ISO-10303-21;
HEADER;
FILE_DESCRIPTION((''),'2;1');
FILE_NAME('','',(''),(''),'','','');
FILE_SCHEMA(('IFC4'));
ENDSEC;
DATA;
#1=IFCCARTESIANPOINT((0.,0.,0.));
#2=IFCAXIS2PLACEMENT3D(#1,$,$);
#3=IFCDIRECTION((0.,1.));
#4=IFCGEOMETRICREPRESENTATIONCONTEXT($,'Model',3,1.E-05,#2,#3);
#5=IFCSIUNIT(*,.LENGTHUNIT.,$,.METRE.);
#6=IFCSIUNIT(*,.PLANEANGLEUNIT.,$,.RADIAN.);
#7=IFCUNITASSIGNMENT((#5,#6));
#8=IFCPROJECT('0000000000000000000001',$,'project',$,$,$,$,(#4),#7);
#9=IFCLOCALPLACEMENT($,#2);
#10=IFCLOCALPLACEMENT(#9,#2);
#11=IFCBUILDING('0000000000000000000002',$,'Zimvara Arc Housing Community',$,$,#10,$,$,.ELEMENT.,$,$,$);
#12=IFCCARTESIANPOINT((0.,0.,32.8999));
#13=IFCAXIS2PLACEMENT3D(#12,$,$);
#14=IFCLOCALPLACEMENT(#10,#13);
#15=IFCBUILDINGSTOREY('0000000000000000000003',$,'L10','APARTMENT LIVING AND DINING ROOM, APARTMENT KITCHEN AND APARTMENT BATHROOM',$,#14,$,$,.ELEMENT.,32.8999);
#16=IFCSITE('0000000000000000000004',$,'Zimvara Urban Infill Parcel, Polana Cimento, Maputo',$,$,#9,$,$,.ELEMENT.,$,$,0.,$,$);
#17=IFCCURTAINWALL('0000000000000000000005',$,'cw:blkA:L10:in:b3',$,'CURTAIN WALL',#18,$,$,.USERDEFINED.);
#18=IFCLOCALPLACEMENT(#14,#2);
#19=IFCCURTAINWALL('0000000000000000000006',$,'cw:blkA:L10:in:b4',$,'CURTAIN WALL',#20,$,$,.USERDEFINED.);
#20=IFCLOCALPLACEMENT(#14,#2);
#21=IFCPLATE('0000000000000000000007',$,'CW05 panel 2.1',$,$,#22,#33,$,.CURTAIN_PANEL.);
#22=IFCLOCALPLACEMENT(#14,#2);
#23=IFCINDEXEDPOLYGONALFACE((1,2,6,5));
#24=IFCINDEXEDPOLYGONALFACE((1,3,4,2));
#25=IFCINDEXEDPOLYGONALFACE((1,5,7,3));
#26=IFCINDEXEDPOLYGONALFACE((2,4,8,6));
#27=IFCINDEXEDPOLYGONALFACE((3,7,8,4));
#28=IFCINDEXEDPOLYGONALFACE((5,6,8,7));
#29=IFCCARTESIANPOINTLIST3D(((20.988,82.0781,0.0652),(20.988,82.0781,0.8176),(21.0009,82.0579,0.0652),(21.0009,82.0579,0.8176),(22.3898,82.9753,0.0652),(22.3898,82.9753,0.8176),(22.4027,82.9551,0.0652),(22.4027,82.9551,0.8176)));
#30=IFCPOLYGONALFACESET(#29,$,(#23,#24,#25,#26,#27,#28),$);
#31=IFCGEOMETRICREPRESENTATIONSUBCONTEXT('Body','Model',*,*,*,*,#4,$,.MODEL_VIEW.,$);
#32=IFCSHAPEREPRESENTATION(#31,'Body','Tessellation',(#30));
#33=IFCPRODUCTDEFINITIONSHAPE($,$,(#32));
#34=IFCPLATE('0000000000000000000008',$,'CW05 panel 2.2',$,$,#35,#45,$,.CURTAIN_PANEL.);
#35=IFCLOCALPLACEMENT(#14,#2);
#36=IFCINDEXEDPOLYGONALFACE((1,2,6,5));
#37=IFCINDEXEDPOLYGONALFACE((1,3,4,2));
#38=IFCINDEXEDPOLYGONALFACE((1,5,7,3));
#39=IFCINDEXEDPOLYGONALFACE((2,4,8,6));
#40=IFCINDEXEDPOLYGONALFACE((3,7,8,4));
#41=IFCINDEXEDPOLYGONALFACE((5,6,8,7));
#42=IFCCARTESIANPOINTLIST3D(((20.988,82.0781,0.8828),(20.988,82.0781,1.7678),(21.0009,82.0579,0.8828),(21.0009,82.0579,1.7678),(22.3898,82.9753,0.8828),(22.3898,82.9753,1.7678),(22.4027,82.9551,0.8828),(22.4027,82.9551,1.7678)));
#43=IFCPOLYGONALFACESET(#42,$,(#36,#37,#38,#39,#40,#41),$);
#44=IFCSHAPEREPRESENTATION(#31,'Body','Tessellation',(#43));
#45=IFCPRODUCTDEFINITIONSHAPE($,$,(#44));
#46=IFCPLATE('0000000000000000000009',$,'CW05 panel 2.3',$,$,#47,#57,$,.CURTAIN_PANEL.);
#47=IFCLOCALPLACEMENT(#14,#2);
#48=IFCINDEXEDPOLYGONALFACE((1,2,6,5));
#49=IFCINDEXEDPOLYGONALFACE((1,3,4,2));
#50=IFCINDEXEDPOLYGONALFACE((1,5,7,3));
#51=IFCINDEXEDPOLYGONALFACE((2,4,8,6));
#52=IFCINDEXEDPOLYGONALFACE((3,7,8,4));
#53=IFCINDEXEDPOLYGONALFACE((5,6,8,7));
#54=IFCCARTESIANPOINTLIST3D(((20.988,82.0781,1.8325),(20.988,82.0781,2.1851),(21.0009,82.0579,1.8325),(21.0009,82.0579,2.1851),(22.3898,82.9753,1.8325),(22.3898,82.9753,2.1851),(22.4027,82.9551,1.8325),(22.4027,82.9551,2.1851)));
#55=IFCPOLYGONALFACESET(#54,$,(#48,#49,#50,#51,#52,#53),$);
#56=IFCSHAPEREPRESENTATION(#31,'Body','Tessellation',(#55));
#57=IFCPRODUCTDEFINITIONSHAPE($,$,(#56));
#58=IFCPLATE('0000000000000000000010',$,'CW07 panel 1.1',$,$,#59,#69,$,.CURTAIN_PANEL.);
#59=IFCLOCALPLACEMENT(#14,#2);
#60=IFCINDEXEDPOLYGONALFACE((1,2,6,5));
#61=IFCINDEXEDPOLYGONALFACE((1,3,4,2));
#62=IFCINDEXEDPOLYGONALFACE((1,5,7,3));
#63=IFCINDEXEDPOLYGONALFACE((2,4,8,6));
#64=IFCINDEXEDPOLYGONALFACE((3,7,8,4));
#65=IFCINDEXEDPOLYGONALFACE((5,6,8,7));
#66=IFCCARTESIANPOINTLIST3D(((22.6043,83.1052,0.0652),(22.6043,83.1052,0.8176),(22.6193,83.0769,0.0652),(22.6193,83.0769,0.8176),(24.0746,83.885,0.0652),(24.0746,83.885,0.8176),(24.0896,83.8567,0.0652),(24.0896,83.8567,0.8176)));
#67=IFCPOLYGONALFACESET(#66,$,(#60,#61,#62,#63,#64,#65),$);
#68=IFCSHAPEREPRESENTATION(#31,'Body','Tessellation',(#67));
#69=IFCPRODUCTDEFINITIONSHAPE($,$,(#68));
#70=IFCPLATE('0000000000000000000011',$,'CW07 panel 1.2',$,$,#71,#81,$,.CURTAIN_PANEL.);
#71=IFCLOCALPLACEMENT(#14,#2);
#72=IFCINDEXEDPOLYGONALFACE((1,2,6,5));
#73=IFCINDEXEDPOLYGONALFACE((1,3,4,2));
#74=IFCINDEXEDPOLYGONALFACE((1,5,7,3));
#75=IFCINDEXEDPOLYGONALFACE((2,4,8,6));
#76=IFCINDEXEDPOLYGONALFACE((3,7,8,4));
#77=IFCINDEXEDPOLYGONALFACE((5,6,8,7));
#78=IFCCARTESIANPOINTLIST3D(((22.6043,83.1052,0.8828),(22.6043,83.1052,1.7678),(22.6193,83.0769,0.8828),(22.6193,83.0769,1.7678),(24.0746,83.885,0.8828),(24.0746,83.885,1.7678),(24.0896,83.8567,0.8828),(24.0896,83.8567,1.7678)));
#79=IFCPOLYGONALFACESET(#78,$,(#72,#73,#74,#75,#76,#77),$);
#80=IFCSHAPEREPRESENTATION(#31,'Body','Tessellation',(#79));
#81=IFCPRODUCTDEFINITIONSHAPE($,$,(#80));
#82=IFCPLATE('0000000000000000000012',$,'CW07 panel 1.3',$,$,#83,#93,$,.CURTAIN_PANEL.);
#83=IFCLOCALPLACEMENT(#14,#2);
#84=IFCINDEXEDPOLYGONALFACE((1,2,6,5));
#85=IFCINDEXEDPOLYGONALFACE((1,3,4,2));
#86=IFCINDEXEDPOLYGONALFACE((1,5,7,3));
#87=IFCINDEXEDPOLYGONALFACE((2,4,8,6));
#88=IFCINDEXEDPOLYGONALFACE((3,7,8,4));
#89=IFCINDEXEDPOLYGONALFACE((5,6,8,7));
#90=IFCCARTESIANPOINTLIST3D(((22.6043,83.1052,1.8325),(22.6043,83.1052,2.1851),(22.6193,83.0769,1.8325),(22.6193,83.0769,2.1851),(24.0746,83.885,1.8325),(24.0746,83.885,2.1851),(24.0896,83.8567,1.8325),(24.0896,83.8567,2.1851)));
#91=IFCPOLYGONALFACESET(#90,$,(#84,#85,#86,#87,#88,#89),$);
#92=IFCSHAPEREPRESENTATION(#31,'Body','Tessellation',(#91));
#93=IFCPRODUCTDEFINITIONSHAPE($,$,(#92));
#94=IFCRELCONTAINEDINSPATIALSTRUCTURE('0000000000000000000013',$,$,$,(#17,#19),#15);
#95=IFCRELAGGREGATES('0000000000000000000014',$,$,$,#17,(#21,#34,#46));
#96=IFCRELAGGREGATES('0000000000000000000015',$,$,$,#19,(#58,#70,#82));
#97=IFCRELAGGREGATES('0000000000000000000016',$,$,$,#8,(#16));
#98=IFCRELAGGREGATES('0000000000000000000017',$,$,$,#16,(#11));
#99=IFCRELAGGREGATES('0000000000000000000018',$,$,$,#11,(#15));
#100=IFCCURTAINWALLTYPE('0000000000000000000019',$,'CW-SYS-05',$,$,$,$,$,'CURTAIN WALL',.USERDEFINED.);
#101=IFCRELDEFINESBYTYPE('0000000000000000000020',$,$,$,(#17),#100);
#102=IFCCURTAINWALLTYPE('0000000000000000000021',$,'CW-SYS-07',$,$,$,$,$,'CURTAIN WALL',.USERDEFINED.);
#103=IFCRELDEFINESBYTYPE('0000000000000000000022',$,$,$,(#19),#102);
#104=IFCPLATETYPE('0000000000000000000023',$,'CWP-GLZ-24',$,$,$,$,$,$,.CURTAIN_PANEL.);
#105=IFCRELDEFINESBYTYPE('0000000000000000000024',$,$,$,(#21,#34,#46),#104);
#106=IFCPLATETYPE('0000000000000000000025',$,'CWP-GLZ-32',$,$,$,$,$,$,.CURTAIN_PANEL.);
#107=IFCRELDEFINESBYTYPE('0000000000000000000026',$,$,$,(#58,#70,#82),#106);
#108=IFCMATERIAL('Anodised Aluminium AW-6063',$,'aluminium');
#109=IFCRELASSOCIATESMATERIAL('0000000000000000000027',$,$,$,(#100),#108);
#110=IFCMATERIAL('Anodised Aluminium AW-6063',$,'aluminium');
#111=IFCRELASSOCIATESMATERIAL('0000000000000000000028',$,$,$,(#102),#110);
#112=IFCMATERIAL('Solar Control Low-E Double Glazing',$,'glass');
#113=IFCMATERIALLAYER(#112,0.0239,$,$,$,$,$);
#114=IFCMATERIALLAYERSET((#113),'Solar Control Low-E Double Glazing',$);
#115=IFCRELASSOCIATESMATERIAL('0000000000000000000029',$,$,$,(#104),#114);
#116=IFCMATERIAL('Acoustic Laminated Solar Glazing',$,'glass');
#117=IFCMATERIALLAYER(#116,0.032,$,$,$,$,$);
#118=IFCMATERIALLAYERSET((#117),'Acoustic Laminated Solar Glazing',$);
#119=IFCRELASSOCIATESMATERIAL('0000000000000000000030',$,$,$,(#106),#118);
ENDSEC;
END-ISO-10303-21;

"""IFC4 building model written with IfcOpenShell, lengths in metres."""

from ifc_helpers import new_model, si_unit, direction, frame, origin, origin_2d, place, context, subcontext, project, spatial, rectangle, extrude, material, layer, layer_set, type_object, element, aggregate, save


model = new_model("IFC4")

# Units and contexts
model_context = context("Model", 3, precision=1e-05, world=origin(), true_north=direction((0.0, 1.0)))
body_context = subcontext(model_context, "Body", "Model", "MODEL_VIEW")
ifc_project = project(units=[si_unit("LENGTHUNIT", "METRE"), si_unit("PLANEANGLEUNIT", "RADIAN")], contexts=[model_context])

# Site, building, storey
site_placement = place(None, origin())
site = spatial("IfcSite", under=ifc_project, at=site_placement, Name="Zimvara Urban Infill Parcel, Polana Cimento, Maputo", CompositionType="ELEMENT", RefElevation=0.0)
building_placement = place(site_placement, origin())
building = spatial("IfcBuilding", under=site, at=building_placement, Name="Zimvara Arc Housing Community", CompositionType="ELEMENT")
storey_placement = place(building_placement, frame((0.0, 0.0, 32.8999)))
storey = spatial("IfcBuildingStorey", under=building, at=storey_placement, Name="L10", Description="APARTMENT LIVING AND DINING ROOM, APARTMENT KITCHEN AND APARTMENT BATHROOM", CompositionType="ELEMENT", Elevation=32.8999)

# Curtain wall
ifc_material_1 = material(Name="Anodised Aluminium AW-6063", Category="aluminium")
curtain_wall_type_1 = type_object("IfcCurtainWallType", Name="CW-SYS-05", ElementType="CURTAIN WALL", PredefinedType="USERDEFINED", material=ifc_material_1)
curtain_wall_1_placement = place(storey_placement, origin())
curtain_wall_1 = element("IfcCurtainWall", 1, at=curtain_wall_1_placement, inside=storey, type_object=curtain_wall_type_1, Name="cw:blkA:L10:in:b3", ObjectType="CURTAIN WALL", PredefinedType="USERDEFINED")

# Curtain wall
ifc_material_2 = material(Name="Anodised Aluminium AW-6063", Category="aluminium")
curtain_wall_type_2 = type_object("IfcCurtainWallType", Name="CW-SYS-07", ElementType="CURTAIN WALL", PredefinedType="USERDEFINED", material=ifc_material_2)
curtain_wall_2_placement = place(storey_placement, origin())
curtain_wall_2 = element("IfcCurtainWall", 2, at=curtain_wall_2_placement, inside=storey, type_object=curtain_wall_type_2, Name="cw:blkA:L10:in:b4", ObjectType="CURTAIN WALL", PredefinedType="USERDEFINED")

# Plates
ifc_material_3 = material(Name="Solar Control Low-E Double Glazing", Category="glass")
ifc_layer_1 = layer(ifc_material_3, 0.0239)
ifc_layer_set_1 = layer_set([ifc_layer_1], Name="Solar Control Low-E Double Glazing")
plate_type_1 = type_object("IfcPlateType", Name="CWP-GLZ-24", PredefinedType="CURTAIN_PANEL", material=ifc_layer_set_1)
plate_1_placement = place(storey_placement, frame((21.6953, 82.5166, 0.0652), z_axis=(0.0, 0.0, 1.0), x_axis=(0.842265, 0.539064, 0.0)))
plate_1 = element("IfcPlate", 3, at=plate_1_placement, type_object=plate_type_1, Name="CW05 panel 2.1", PredefinedType="CURTAIN_PANEL", context=body_context, shape_type="SweptSolid", body=[
    extrude(rectangle(XDim=1.6643, YDim=0.0239, at=origin_2d()), origin(), (0.0, 0.0, 1.0), 0.7524),
])
plate_2_placement = place(storey_placement, frame((21.6953, 82.5166, 0.8828), z_axis=(0.0, 0.0, 1.0), x_axis=(0.842265, 0.539064, 0.0)))
plate_2 = element("IfcPlate", 4, at=plate_2_placement, type_object=plate_type_1, Name="CW05 panel 2.2", PredefinedType="CURTAIN_PANEL", context=body_context, shape_type="SweptSolid", body=[
    extrude(rectangle(XDim=1.6643, YDim=0.0239, at=origin_2d()), origin(), (0.0, 0.0, 1.0), 0.885),
])
plate_3_placement = place(storey_placement, frame((21.6953, 82.5166, 1.8325), z_axis=(0.0, 0.0, 1.0), x_axis=(0.842265, 0.539064, 0.0)))
plate_3 = element("IfcPlate", 5, at=plate_3_placement, type_object=plate_type_1, Name="CW05 panel 2.3", PredefinedType="CURTAIN_PANEL", context=body_context, shape_type="SweptSolid", body=[
    extrude(rectangle(XDim=1.6643, YDim=0.0239, at=origin_2d()), origin(), (0.0, 0.0, 1.0), 0.3525),
])
aggregate(curtain_wall_1, [plate_1, plate_2, plate_3])
ifc_material_4 = material(Name="Acoustic Laminated Solar Glazing", Category="glass")
ifc_layer_2 = layer(ifc_material_4, 0.032)
ifc_layer_set_2 = layer_set([ifc_layer_2], Name="Acoustic Laminated Solar Glazing")
plate_type_2 = type_object("IfcPlateType", Name="CWP-GLZ-32", PredefinedType="CURTAIN_PANEL", material=ifc_layer_set_2)
plate_4_placement = place(storey_placement, frame((23.3469, 83.481, 0.0652), z_axis=(0.0, 0.0, 1.0), x_axis=(0.88344, 0.468545, 0.0)))
plate_4 = element("IfcPlate", 6, at=plate_4_placement, type_object=plate_type_2, Name="CW07 panel 1.1", PredefinedType="CURTAIN_PANEL", context=body_context, shape_type="SweptSolid", body=[
    extrude(rectangle(XDim=1.6643, YDim=0.032, at=origin_2d()), origin(), (0.0, 0.0, 1.0), 0.7524),
])
plate_5_placement = place(storey_placement, frame((23.3469, 83.481, 0.8828), z_axis=(0.0, 0.0, 1.0), x_axis=(0.88344, 0.468545, 0.0)))
plate_5 = element("IfcPlate", 7, at=plate_5_placement, type_object=plate_type_2, Name="CW07 panel 1.2", PredefinedType="CURTAIN_PANEL", context=body_context, shape_type="SweptSolid", body=[
    extrude(rectangle(XDim=1.6643, YDim=0.032, at=origin_2d()), origin(), (0.0, 0.0, 1.0), 0.885),
])
plate_6_placement = place(storey_placement, frame((23.3469, 83.481, 1.8325), z_axis=(0.0, 0.0, 1.0), x_axis=(0.88344, 0.468545, 0.0)))
plate_6 = element("IfcPlate", 8, at=plate_6_placement, type_object=plate_type_2, Name="CW07 panel 1.3", PredefinedType="CURTAIN_PANEL", context=body_context, shape_type="SweptSolid", body=[
    extrude(rectangle(XDim=1.6643, YDim=0.032, at=origin_2d()), origin(), (0.0, 0.0, 1.0), 0.3525),
])
aggregate(curtain_wall_2, [plate_4, plate_5, plate_6])

save(model, "model.ifc")
